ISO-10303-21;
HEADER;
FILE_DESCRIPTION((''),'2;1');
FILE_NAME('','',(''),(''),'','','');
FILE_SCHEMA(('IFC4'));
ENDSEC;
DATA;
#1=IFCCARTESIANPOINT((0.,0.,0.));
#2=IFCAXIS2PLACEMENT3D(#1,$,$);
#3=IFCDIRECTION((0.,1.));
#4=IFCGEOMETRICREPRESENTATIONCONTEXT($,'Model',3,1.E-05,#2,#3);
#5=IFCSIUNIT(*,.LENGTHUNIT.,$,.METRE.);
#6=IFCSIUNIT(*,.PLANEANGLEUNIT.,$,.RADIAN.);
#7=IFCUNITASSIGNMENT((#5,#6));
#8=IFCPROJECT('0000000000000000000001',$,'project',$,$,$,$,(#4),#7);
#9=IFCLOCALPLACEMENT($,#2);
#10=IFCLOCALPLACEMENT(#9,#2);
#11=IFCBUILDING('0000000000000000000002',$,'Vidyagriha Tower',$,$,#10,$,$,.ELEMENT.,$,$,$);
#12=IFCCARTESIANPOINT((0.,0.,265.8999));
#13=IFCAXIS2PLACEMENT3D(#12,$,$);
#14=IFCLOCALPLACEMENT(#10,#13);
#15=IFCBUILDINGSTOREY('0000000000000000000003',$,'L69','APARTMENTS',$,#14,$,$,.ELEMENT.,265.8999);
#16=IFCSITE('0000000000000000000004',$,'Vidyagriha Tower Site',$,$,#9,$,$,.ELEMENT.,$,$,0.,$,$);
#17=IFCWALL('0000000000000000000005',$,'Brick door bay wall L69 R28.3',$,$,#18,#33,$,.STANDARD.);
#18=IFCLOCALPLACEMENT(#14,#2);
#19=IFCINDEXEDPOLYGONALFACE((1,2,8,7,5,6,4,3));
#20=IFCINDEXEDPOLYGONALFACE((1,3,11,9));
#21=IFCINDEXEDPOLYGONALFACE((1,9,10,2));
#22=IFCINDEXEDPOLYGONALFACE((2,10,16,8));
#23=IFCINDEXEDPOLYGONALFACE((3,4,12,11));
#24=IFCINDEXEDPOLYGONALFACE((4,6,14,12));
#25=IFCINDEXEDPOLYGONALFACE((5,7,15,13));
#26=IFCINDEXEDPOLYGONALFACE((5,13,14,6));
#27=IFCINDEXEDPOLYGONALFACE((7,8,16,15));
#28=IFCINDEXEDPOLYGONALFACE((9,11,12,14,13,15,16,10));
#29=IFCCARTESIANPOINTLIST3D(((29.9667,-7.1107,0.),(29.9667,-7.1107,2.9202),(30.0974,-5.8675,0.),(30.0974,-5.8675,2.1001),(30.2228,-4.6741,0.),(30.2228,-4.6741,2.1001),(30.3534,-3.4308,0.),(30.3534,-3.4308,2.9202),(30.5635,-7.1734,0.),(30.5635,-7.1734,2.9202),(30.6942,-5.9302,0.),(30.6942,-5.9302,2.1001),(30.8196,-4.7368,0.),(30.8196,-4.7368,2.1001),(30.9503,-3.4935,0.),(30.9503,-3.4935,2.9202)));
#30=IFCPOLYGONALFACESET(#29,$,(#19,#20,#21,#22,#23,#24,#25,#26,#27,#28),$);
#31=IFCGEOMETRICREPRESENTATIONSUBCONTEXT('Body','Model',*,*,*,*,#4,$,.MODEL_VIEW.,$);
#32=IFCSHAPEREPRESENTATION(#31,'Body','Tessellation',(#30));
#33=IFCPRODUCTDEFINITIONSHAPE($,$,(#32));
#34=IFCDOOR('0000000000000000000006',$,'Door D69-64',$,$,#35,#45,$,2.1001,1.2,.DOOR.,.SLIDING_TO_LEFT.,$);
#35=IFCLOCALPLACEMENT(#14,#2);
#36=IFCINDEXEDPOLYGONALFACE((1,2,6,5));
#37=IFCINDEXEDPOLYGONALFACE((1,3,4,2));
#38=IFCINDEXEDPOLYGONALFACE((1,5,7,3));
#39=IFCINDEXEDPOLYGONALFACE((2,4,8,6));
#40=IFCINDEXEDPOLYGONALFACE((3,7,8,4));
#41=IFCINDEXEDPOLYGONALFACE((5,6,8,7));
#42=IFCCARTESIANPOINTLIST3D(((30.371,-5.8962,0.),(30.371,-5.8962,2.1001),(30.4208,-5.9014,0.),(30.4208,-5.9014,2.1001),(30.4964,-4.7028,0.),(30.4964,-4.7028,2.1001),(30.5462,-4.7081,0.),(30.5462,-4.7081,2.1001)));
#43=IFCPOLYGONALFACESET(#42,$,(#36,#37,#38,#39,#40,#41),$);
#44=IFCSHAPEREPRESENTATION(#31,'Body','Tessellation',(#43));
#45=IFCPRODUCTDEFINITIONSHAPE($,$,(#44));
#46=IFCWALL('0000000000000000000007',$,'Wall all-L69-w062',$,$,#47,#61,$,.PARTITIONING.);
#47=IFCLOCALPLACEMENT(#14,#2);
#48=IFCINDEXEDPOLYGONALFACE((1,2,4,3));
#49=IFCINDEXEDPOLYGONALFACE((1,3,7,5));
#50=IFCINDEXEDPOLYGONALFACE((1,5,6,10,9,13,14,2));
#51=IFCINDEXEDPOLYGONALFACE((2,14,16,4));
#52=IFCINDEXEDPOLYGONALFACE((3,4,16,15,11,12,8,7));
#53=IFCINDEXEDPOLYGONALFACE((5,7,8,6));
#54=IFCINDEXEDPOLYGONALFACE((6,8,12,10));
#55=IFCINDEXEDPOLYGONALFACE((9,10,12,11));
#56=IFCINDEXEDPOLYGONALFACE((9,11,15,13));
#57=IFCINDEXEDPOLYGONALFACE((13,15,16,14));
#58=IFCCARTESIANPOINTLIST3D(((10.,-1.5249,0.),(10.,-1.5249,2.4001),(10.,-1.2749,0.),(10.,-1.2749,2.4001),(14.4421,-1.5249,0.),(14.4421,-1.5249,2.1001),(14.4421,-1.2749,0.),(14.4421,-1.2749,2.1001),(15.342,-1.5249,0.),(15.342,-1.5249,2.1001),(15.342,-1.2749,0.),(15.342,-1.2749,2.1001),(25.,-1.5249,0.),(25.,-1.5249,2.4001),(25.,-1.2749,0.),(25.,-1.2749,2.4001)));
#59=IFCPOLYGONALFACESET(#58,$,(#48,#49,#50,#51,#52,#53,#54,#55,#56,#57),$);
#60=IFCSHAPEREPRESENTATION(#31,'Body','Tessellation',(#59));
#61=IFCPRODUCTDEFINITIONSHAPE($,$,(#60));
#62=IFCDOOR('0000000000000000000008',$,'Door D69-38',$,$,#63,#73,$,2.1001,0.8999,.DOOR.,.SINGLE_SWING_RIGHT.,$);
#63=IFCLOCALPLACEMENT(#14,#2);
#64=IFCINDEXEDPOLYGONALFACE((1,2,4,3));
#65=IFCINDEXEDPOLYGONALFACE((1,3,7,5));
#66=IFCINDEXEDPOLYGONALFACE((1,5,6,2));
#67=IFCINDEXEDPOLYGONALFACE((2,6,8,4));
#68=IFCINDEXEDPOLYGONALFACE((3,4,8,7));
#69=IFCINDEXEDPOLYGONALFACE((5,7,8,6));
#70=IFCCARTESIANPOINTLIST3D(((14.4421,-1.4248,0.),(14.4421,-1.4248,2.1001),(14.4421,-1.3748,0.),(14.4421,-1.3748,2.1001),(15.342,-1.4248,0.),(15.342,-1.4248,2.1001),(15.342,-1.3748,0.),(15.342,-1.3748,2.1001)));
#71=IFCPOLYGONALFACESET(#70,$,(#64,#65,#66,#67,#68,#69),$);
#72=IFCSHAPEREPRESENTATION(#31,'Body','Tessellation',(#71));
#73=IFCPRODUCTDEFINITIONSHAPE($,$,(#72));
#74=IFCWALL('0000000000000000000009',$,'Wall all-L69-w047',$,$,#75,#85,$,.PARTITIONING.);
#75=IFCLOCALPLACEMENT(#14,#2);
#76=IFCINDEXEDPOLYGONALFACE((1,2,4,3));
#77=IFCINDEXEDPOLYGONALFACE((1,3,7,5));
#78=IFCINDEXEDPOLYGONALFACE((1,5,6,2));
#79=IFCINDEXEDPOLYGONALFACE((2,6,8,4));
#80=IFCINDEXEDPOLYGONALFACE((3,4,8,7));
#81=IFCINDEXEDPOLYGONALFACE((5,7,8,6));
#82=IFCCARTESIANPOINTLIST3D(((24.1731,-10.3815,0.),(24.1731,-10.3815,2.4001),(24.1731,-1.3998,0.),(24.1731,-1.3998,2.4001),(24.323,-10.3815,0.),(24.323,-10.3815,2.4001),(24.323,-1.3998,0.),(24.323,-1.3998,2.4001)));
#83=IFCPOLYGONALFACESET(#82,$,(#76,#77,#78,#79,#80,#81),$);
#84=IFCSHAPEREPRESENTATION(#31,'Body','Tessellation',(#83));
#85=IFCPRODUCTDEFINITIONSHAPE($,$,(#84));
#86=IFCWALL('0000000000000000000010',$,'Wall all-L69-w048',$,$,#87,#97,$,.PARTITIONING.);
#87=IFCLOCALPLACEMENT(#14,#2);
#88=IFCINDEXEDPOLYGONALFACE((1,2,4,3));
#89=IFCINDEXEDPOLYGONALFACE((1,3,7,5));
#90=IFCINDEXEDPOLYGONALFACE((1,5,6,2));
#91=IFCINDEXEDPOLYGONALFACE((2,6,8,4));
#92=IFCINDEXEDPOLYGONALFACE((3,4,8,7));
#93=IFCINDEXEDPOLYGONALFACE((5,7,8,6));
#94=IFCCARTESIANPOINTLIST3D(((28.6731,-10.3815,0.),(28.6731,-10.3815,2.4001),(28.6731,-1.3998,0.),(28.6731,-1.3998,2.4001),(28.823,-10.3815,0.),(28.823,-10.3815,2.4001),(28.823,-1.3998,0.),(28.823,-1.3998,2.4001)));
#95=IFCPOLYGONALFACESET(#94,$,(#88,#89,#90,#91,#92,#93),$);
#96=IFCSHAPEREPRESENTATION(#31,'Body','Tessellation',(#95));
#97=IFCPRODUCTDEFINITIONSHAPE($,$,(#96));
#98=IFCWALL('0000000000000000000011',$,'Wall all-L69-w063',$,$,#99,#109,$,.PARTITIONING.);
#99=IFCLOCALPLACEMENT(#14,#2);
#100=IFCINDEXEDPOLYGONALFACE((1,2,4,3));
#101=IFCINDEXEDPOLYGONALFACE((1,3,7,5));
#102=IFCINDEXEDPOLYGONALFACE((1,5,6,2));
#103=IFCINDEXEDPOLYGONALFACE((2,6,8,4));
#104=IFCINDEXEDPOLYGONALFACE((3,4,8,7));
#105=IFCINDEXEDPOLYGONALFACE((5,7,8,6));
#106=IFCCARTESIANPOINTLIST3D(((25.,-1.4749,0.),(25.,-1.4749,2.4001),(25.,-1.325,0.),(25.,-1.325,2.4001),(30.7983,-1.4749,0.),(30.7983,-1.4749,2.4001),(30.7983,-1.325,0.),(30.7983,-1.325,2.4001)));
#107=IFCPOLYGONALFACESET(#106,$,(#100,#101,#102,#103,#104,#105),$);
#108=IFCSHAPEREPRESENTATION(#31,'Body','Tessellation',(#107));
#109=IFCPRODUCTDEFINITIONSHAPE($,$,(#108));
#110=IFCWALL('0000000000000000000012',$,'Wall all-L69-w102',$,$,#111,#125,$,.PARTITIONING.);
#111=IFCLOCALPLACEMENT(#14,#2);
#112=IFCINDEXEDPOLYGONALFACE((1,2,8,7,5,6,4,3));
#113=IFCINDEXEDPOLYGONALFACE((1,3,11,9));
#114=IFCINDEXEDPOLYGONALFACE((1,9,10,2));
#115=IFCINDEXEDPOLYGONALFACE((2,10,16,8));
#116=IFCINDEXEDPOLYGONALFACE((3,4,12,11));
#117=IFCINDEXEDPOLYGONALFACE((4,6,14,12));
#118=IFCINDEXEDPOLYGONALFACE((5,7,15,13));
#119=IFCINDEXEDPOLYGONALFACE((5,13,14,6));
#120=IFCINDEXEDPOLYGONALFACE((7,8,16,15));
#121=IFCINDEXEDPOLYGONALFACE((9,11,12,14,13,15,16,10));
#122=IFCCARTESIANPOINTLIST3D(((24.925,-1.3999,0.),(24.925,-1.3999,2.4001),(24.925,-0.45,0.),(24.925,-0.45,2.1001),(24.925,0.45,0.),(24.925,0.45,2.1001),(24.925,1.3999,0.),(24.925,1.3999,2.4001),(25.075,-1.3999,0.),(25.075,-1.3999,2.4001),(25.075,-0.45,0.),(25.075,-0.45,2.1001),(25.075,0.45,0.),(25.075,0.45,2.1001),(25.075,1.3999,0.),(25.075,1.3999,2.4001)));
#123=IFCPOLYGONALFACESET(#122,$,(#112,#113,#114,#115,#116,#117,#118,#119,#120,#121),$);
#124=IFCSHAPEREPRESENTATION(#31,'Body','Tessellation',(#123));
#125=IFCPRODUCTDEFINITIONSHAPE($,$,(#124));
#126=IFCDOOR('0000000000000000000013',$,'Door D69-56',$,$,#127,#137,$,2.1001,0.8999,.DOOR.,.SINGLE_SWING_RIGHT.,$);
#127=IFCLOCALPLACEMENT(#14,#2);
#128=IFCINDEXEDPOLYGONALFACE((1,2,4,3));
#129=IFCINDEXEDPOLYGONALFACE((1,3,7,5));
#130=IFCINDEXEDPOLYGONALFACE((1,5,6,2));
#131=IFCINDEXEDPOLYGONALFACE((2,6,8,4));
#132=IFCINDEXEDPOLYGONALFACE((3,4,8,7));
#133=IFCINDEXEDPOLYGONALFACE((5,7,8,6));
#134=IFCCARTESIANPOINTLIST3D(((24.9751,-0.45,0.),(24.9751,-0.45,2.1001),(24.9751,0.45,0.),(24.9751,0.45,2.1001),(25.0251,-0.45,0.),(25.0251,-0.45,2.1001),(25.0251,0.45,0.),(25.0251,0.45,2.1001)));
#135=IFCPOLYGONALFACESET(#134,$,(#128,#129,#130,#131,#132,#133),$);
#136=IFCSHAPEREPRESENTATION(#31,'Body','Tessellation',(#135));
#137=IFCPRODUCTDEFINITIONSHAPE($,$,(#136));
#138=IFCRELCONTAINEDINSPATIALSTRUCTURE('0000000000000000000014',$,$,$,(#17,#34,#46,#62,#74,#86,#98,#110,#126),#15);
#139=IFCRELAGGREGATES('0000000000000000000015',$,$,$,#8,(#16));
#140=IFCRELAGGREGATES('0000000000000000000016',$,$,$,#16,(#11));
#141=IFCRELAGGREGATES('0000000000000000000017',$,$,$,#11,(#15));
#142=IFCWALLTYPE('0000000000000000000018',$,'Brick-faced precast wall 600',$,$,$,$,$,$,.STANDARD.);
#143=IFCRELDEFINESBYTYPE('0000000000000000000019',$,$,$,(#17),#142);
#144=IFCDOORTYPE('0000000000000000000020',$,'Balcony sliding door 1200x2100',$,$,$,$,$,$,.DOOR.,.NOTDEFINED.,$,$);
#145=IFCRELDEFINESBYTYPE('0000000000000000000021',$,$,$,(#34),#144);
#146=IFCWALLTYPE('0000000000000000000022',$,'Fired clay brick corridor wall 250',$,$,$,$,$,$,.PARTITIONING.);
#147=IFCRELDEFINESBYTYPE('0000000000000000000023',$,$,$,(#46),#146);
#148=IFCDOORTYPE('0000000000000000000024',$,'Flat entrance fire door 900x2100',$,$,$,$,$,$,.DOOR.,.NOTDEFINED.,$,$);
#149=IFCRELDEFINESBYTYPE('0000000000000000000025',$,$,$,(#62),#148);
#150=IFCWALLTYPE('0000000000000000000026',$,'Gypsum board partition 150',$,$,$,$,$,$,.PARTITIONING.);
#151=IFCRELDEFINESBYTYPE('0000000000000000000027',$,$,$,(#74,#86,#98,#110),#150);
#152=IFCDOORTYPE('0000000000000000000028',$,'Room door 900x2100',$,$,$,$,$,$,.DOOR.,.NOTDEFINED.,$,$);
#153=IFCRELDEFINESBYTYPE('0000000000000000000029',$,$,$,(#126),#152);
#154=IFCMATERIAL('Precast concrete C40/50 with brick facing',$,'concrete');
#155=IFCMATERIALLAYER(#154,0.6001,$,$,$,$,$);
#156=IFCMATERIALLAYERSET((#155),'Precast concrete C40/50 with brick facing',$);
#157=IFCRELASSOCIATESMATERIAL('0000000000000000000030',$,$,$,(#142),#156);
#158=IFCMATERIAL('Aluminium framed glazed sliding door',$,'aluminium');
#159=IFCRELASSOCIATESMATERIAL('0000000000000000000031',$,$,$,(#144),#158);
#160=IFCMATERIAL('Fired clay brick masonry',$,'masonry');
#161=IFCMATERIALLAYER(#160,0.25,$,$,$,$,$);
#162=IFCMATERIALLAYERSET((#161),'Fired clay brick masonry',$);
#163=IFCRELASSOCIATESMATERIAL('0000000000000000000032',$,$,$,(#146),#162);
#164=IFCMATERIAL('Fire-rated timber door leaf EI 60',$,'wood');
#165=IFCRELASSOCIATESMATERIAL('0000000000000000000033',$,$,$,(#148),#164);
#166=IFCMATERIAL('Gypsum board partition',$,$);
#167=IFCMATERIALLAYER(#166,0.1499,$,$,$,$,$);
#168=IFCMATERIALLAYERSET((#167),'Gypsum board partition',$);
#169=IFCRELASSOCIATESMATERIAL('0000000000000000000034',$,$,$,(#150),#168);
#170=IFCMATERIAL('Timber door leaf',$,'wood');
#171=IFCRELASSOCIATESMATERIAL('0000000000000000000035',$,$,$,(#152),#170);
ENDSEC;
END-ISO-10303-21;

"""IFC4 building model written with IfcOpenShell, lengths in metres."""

from ifc_helpers import new_model, si_unit, direction, frame, frame_2d, origin, place, context, subcontext, project, spatial, rectangle, extrude, material, layer, layer_set, type_object, element, fill, save


model = new_model("IFC4")

# Units and contexts
model_context = context("Model", 3, precision=1e-05, world=origin(), true_north=direction((0.0, 1.0)))
body_context = subcontext(model_context, "Body", "Model", "MODEL_VIEW")
ifc_project = project(units=[si_unit("LENGTHUNIT", "METRE"), si_unit("PLANEANGLEUNIT", "RADIAN")], contexts=[model_context])

# Site, building, storey
site_placement = place(None, origin())
site = spatial("IfcSite", under=ifc_project, at=site_placement, Name="Vidyagriha Tower Site", CompositionType="ELEMENT", RefElevation=0.0)
building_placement = place(site_placement, origin())
building = spatial("IfcBuilding", under=site, at=building_placement, Name="Vidyagriha Tower", CompositionType="ELEMENT")
storey_placement = place(building_placement, frame((0.0, 0.0, 265.8999)))
storey = spatial("IfcBuildingStorey", under=building, at=storey_placement, Name="L69", Description="APARTMENTS", CompositionType="ELEMENT", Elevation=265.8999)

# Walls, openings, doors
ifc_material_1 = material(Name="Precast concrete C40/50 with brick facing", Category="concrete")
ifc_layer_1 = layer(ifc_material_1, 0.6001)
ifc_layer_set_1 = layer_set([ifc_layer_1], Name="Precast concrete C40/50 with brick facing")
wall_type_1 = type_object("IfcWallType", Name="Brick-faced precast wall 600", PredefinedType="STANDARD", material=ifc_layer_set_1)
wall_1_placement = place(storey_placement, frame((30.2651, -7.1421, 0.0), z_axis=(0.0, 0.0, 1.0), x_axis=(0.104513, 0.994524, 0.0)))
wall_1 = element("IfcWall", 1, at=wall_1_placement, inside=storey, type_object=wall_type_1, Name="Brick door bay wall L69 R28.3", PredefinedType="STANDARD", context=body_context, shape_type="SweptSolid", body=[
    extrude(rectangle(XDim=3.7002, YDim=0.6001, at=frame_2d((1.8501, 0.0))), origin(), (0.0, 0.0, 1.0), 2.9202),
])
opening_1_placement = place(wall_1_placement, frame((1.25, 0.0, 0.0)))
opening_1 = element("IfcOpeningElement", 2, at=opening_1_placement, cuts=wall_1, PredefinedType="OPENING", context=body_context, shape_type="SweptSolid", body=[
    extrude(rectangle(XDim=1.2, YDim=2.1001, at=frame_2d((0.6001, 1.05))), frame((0.0, 0.3101, 0.0), z_axis=(0.0, -1.0, 0.0), x_axis=(1.0, 0.0, 0.0)), (0.0, 0.0, 1.0), 0.6201),
])
ifc_material_2 = material(Name="Aluminium framed glazed sliding door", Category="aluminium")
door_type_1 = type_object("IfcDoorType", Name="Balcony sliding door 1200x2100", OperationType="NOTDEFINED", PredefinedType="DOOR", material=ifc_material_2)
door_1_placement = place(opening_1_placement, origin())
door_1 = element("IfcDoor", 3, at=door_1_placement, inside=storey, type_object=door_type_1, Name="Door D69-64", OperationType="SLIDING_TO_LEFT", OverallHeight=2.1001, OverallWidth=1.2, PredefinedType="DOOR", context=body_context, shape_type="SweptSolid", body=[
    extrude(rectangle(XDim=1.2, YDim=2.1001, at=frame_2d((0.6001, 1.05))), frame((0.0, 0.0249, 0.0), z_axis=(0.0, -1.0, 0.0), x_axis=(1.0, 0.0, 0.0)), (0.0, 0.0, 1.0), 0.05),
])
fill(opening_1, door_1)
ifc_material_3 = material(Name="Fired clay brick masonry", Category="masonry")
ifc_layer_2 = layer(ifc_material_3, 0.25)
ifc_layer_set_2 = layer_set([ifc_layer_2], Name="Fired clay brick masonry")
wall_type_2 = type_object("IfcWallType", Name="Fired clay brick corridor wall 250", PredefinedType="PARTITIONING", material=ifc_layer_set_2)
wall_2_placement = place(storey_placement, frame((25.0, -1.3999, 0.0), z_axis=(0.0, 0.0, 1.0), x_axis=(-1.0, 0.0, 0.0)))
wall_2 = element("IfcWall", 4, at=wall_2_placement, inside=storey, type_object=wall_type_2, Name="Wall all-L69-w062", PredefinedType="PARTITIONING", context=body_context, shape_type="SweptSolid", body=[
    extrude(rectangle(XDim=15.0, YDim=0.25, at=frame_2d((7.5, 0.0))), origin(), (0.0, 0.0, 1.0), 2.4001),
])
opening_2_placement = place(wall_2_placement, frame((9.658, 0.0, 0.0)))
opening_2 = element("IfcOpeningElement", 5, at=opening_2_placement, cuts=wall_2, PredefinedType="OPENING", context=body_context, shape_type="SweptSolid", body=[
    extrude(rectangle(XDim=0.8999, YDim=2.1001, at=frame_2d((0.45, 1.05))), frame((0.0, 0.135, 0.0), z_axis=(0.0, -1.0, 0.0), x_axis=(1.0, 0.0, 0.0)), (0.0, 0.0, 1.0), 0.27),
])
ifc_material_4 = material(Name="Fire-rated timber door leaf EI 60", Category="wood")
door_type_2 = type_object("IfcDoorType", Name="Flat entrance fire door 900x2100", OperationType="NOTDEFINED", PredefinedType="DOOR", material=ifc_material_4)
door_2_placement = place(opening_2_placement, origin())
door_2 = element("IfcDoor", 6, at=door_2_placement, inside=storey, type_object=door_type_2, Name="Door D69-38", OperationType="SINGLE_SWING_RIGHT", OverallHeight=2.1001, OverallWidth=0.8999, PredefinedType="DOOR", context=body_context, shape_type="SweptSolid", body=[
    extrude(rectangle(XDim=0.8999, YDim=2.1001, at=frame_2d((0.45, 1.05))), frame((0.0, 0.0249, 0.0), z_axis=(0.0, -1.0, 0.0), x_axis=(1.0, 0.0, 0.0)), (0.0, 0.0, 1.0), 0.05),
])
fill(opening_2, door_2)

# Walls
ifc_material_5 = material(Name="Gypsum board partition")
ifc_layer_3 = layer(ifc_material_5, 0.1499)
ifc_layer_set_3 = layer_set([ifc_layer_3], Name="Gypsum board partition")
wall_type_3 = type_object("IfcWallType", Name="Gypsum board partition 150", PredefinedType="PARTITIONING", material=ifc_layer_set_3)
for number, where, z_axis, x_axis, name in (
    (7, (24.248, -1.3999, 0.0), (0.0, 0.0, 1.0), (0.0, -1.0, 0.0), "Wall all-L69-w047"),
    (8, (28.748, -1.3999, 0.0), (0.0, 0.0, 1.0), (0.0, -1.0, 0.0), "Wall all-L69-w048"),
):
    element("IfcWall", number, at=place(storey_placement, frame(where, z_axis=z_axis, x_axis=x_axis)), inside=storey, type_object=wall_type_3, Name=name, PredefinedType="PARTITIONING", context=body_context, shape_type="SweptSolid", body=[
        extrude(rectangle(XDim=8.9817, YDim=0.1499, at=frame_2d((4.4907, 0.0))), origin(), (0.0, 0.0, 1.0), 2.4001),
    ])
wall_3_placement = place(storey_placement, frame((30.7983, -1.3999, 0.0), z_axis=(0.0, 0.0, 1.0), x_axis=(-1.0, 0.0, 0.0)))
element("IfcWall", 9, at=wall_3_placement, inside=storey, type_object=wall_type_3, Name="Wall all-L69-w063", PredefinedType="PARTITIONING", context=body_context, shape_type="SweptSolid", body=[
    extrude(rectangle(XDim=5.7983, YDim=0.1499, at=frame_2d((2.8992, 0.0))), origin(), (0.0, 0.0, 1.0), 2.4001),
])

# Wall, opening, door
wall_4_placement = place(storey_placement, frame((25.0, -1.3999, 0.0), z_axis=(0.0, 0.0, 1.0), x_axis=(0.0, 1.0, 0.0)))
wall_4 = element("IfcWall", 10, at=wall_4_placement, inside=storey, type_object=wall_type_3, Name="Wall all-L69-w102", PredefinedType="PARTITIONING", context=body_context, shape_type="SweptSolid", body=[
    extrude(rectangle(XDim=2.7998, YDim=0.1499, at=frame_2d((1.3999, 0.0))), origin(), (0.0, 0.0, 1.0), 2.4001),
])
opening_3_placement = place(wall_4_placement, frame((0.95, 0.0, 0.0)))
opening_3 = element("IfcOpeningElement", 11, at=opening_3_placement, cuts=wall_4, PredefinedType="OPENING", context=body_context, shape_type="SweptSolid", body=[
    extrude(rectangle(XDim=0.8999, YDim=2.1001, at=frame_2d((0.45, 1.05))), frame((0.0, 0.085, 0.0), z_axis=(0.0, -1.0, 0.0), x_axis=(1.0, 0.0, 0.0)), (0.0, 0.0, 1.0), 0.1699),
])
ifc_material_6 = material(Name="Timber door leaf", Category="wood")
door_type_3 = type_object("IfcDoorType", Name="Room door 900x2100", OperationType="NOTDEFINED", PredefinedType="DOOR", material=ifc_material_6)
door_3_placement = place(opening_3_placement, origin())
door_3 = element("IfcDoor", 12, at=door_3_placement, inside=storey, type_object=door_type_3, Name="Door D69-56", OperationType="SINGLE_SWING_RIGHT", OverallHeight=2.1001, OverallWidth=0.8999, PredefinedType="DOOR", context=body_context, shape_type="SweptSolid", body=[
    extrude(rectangle(XDim=0.8999, YDim=2.1001, at=frame_2d((0.45, 1.05))), frame((0.0, 0.0249, 0.0), z_axis=(0.0, -1.0, 0.0), x_axis=(1.0, 0.0, 0.0)), (0.0, 0.0, 1.0), 0.05),
])
fill(opening_3, door_3)

save(model, "model.ifc")
